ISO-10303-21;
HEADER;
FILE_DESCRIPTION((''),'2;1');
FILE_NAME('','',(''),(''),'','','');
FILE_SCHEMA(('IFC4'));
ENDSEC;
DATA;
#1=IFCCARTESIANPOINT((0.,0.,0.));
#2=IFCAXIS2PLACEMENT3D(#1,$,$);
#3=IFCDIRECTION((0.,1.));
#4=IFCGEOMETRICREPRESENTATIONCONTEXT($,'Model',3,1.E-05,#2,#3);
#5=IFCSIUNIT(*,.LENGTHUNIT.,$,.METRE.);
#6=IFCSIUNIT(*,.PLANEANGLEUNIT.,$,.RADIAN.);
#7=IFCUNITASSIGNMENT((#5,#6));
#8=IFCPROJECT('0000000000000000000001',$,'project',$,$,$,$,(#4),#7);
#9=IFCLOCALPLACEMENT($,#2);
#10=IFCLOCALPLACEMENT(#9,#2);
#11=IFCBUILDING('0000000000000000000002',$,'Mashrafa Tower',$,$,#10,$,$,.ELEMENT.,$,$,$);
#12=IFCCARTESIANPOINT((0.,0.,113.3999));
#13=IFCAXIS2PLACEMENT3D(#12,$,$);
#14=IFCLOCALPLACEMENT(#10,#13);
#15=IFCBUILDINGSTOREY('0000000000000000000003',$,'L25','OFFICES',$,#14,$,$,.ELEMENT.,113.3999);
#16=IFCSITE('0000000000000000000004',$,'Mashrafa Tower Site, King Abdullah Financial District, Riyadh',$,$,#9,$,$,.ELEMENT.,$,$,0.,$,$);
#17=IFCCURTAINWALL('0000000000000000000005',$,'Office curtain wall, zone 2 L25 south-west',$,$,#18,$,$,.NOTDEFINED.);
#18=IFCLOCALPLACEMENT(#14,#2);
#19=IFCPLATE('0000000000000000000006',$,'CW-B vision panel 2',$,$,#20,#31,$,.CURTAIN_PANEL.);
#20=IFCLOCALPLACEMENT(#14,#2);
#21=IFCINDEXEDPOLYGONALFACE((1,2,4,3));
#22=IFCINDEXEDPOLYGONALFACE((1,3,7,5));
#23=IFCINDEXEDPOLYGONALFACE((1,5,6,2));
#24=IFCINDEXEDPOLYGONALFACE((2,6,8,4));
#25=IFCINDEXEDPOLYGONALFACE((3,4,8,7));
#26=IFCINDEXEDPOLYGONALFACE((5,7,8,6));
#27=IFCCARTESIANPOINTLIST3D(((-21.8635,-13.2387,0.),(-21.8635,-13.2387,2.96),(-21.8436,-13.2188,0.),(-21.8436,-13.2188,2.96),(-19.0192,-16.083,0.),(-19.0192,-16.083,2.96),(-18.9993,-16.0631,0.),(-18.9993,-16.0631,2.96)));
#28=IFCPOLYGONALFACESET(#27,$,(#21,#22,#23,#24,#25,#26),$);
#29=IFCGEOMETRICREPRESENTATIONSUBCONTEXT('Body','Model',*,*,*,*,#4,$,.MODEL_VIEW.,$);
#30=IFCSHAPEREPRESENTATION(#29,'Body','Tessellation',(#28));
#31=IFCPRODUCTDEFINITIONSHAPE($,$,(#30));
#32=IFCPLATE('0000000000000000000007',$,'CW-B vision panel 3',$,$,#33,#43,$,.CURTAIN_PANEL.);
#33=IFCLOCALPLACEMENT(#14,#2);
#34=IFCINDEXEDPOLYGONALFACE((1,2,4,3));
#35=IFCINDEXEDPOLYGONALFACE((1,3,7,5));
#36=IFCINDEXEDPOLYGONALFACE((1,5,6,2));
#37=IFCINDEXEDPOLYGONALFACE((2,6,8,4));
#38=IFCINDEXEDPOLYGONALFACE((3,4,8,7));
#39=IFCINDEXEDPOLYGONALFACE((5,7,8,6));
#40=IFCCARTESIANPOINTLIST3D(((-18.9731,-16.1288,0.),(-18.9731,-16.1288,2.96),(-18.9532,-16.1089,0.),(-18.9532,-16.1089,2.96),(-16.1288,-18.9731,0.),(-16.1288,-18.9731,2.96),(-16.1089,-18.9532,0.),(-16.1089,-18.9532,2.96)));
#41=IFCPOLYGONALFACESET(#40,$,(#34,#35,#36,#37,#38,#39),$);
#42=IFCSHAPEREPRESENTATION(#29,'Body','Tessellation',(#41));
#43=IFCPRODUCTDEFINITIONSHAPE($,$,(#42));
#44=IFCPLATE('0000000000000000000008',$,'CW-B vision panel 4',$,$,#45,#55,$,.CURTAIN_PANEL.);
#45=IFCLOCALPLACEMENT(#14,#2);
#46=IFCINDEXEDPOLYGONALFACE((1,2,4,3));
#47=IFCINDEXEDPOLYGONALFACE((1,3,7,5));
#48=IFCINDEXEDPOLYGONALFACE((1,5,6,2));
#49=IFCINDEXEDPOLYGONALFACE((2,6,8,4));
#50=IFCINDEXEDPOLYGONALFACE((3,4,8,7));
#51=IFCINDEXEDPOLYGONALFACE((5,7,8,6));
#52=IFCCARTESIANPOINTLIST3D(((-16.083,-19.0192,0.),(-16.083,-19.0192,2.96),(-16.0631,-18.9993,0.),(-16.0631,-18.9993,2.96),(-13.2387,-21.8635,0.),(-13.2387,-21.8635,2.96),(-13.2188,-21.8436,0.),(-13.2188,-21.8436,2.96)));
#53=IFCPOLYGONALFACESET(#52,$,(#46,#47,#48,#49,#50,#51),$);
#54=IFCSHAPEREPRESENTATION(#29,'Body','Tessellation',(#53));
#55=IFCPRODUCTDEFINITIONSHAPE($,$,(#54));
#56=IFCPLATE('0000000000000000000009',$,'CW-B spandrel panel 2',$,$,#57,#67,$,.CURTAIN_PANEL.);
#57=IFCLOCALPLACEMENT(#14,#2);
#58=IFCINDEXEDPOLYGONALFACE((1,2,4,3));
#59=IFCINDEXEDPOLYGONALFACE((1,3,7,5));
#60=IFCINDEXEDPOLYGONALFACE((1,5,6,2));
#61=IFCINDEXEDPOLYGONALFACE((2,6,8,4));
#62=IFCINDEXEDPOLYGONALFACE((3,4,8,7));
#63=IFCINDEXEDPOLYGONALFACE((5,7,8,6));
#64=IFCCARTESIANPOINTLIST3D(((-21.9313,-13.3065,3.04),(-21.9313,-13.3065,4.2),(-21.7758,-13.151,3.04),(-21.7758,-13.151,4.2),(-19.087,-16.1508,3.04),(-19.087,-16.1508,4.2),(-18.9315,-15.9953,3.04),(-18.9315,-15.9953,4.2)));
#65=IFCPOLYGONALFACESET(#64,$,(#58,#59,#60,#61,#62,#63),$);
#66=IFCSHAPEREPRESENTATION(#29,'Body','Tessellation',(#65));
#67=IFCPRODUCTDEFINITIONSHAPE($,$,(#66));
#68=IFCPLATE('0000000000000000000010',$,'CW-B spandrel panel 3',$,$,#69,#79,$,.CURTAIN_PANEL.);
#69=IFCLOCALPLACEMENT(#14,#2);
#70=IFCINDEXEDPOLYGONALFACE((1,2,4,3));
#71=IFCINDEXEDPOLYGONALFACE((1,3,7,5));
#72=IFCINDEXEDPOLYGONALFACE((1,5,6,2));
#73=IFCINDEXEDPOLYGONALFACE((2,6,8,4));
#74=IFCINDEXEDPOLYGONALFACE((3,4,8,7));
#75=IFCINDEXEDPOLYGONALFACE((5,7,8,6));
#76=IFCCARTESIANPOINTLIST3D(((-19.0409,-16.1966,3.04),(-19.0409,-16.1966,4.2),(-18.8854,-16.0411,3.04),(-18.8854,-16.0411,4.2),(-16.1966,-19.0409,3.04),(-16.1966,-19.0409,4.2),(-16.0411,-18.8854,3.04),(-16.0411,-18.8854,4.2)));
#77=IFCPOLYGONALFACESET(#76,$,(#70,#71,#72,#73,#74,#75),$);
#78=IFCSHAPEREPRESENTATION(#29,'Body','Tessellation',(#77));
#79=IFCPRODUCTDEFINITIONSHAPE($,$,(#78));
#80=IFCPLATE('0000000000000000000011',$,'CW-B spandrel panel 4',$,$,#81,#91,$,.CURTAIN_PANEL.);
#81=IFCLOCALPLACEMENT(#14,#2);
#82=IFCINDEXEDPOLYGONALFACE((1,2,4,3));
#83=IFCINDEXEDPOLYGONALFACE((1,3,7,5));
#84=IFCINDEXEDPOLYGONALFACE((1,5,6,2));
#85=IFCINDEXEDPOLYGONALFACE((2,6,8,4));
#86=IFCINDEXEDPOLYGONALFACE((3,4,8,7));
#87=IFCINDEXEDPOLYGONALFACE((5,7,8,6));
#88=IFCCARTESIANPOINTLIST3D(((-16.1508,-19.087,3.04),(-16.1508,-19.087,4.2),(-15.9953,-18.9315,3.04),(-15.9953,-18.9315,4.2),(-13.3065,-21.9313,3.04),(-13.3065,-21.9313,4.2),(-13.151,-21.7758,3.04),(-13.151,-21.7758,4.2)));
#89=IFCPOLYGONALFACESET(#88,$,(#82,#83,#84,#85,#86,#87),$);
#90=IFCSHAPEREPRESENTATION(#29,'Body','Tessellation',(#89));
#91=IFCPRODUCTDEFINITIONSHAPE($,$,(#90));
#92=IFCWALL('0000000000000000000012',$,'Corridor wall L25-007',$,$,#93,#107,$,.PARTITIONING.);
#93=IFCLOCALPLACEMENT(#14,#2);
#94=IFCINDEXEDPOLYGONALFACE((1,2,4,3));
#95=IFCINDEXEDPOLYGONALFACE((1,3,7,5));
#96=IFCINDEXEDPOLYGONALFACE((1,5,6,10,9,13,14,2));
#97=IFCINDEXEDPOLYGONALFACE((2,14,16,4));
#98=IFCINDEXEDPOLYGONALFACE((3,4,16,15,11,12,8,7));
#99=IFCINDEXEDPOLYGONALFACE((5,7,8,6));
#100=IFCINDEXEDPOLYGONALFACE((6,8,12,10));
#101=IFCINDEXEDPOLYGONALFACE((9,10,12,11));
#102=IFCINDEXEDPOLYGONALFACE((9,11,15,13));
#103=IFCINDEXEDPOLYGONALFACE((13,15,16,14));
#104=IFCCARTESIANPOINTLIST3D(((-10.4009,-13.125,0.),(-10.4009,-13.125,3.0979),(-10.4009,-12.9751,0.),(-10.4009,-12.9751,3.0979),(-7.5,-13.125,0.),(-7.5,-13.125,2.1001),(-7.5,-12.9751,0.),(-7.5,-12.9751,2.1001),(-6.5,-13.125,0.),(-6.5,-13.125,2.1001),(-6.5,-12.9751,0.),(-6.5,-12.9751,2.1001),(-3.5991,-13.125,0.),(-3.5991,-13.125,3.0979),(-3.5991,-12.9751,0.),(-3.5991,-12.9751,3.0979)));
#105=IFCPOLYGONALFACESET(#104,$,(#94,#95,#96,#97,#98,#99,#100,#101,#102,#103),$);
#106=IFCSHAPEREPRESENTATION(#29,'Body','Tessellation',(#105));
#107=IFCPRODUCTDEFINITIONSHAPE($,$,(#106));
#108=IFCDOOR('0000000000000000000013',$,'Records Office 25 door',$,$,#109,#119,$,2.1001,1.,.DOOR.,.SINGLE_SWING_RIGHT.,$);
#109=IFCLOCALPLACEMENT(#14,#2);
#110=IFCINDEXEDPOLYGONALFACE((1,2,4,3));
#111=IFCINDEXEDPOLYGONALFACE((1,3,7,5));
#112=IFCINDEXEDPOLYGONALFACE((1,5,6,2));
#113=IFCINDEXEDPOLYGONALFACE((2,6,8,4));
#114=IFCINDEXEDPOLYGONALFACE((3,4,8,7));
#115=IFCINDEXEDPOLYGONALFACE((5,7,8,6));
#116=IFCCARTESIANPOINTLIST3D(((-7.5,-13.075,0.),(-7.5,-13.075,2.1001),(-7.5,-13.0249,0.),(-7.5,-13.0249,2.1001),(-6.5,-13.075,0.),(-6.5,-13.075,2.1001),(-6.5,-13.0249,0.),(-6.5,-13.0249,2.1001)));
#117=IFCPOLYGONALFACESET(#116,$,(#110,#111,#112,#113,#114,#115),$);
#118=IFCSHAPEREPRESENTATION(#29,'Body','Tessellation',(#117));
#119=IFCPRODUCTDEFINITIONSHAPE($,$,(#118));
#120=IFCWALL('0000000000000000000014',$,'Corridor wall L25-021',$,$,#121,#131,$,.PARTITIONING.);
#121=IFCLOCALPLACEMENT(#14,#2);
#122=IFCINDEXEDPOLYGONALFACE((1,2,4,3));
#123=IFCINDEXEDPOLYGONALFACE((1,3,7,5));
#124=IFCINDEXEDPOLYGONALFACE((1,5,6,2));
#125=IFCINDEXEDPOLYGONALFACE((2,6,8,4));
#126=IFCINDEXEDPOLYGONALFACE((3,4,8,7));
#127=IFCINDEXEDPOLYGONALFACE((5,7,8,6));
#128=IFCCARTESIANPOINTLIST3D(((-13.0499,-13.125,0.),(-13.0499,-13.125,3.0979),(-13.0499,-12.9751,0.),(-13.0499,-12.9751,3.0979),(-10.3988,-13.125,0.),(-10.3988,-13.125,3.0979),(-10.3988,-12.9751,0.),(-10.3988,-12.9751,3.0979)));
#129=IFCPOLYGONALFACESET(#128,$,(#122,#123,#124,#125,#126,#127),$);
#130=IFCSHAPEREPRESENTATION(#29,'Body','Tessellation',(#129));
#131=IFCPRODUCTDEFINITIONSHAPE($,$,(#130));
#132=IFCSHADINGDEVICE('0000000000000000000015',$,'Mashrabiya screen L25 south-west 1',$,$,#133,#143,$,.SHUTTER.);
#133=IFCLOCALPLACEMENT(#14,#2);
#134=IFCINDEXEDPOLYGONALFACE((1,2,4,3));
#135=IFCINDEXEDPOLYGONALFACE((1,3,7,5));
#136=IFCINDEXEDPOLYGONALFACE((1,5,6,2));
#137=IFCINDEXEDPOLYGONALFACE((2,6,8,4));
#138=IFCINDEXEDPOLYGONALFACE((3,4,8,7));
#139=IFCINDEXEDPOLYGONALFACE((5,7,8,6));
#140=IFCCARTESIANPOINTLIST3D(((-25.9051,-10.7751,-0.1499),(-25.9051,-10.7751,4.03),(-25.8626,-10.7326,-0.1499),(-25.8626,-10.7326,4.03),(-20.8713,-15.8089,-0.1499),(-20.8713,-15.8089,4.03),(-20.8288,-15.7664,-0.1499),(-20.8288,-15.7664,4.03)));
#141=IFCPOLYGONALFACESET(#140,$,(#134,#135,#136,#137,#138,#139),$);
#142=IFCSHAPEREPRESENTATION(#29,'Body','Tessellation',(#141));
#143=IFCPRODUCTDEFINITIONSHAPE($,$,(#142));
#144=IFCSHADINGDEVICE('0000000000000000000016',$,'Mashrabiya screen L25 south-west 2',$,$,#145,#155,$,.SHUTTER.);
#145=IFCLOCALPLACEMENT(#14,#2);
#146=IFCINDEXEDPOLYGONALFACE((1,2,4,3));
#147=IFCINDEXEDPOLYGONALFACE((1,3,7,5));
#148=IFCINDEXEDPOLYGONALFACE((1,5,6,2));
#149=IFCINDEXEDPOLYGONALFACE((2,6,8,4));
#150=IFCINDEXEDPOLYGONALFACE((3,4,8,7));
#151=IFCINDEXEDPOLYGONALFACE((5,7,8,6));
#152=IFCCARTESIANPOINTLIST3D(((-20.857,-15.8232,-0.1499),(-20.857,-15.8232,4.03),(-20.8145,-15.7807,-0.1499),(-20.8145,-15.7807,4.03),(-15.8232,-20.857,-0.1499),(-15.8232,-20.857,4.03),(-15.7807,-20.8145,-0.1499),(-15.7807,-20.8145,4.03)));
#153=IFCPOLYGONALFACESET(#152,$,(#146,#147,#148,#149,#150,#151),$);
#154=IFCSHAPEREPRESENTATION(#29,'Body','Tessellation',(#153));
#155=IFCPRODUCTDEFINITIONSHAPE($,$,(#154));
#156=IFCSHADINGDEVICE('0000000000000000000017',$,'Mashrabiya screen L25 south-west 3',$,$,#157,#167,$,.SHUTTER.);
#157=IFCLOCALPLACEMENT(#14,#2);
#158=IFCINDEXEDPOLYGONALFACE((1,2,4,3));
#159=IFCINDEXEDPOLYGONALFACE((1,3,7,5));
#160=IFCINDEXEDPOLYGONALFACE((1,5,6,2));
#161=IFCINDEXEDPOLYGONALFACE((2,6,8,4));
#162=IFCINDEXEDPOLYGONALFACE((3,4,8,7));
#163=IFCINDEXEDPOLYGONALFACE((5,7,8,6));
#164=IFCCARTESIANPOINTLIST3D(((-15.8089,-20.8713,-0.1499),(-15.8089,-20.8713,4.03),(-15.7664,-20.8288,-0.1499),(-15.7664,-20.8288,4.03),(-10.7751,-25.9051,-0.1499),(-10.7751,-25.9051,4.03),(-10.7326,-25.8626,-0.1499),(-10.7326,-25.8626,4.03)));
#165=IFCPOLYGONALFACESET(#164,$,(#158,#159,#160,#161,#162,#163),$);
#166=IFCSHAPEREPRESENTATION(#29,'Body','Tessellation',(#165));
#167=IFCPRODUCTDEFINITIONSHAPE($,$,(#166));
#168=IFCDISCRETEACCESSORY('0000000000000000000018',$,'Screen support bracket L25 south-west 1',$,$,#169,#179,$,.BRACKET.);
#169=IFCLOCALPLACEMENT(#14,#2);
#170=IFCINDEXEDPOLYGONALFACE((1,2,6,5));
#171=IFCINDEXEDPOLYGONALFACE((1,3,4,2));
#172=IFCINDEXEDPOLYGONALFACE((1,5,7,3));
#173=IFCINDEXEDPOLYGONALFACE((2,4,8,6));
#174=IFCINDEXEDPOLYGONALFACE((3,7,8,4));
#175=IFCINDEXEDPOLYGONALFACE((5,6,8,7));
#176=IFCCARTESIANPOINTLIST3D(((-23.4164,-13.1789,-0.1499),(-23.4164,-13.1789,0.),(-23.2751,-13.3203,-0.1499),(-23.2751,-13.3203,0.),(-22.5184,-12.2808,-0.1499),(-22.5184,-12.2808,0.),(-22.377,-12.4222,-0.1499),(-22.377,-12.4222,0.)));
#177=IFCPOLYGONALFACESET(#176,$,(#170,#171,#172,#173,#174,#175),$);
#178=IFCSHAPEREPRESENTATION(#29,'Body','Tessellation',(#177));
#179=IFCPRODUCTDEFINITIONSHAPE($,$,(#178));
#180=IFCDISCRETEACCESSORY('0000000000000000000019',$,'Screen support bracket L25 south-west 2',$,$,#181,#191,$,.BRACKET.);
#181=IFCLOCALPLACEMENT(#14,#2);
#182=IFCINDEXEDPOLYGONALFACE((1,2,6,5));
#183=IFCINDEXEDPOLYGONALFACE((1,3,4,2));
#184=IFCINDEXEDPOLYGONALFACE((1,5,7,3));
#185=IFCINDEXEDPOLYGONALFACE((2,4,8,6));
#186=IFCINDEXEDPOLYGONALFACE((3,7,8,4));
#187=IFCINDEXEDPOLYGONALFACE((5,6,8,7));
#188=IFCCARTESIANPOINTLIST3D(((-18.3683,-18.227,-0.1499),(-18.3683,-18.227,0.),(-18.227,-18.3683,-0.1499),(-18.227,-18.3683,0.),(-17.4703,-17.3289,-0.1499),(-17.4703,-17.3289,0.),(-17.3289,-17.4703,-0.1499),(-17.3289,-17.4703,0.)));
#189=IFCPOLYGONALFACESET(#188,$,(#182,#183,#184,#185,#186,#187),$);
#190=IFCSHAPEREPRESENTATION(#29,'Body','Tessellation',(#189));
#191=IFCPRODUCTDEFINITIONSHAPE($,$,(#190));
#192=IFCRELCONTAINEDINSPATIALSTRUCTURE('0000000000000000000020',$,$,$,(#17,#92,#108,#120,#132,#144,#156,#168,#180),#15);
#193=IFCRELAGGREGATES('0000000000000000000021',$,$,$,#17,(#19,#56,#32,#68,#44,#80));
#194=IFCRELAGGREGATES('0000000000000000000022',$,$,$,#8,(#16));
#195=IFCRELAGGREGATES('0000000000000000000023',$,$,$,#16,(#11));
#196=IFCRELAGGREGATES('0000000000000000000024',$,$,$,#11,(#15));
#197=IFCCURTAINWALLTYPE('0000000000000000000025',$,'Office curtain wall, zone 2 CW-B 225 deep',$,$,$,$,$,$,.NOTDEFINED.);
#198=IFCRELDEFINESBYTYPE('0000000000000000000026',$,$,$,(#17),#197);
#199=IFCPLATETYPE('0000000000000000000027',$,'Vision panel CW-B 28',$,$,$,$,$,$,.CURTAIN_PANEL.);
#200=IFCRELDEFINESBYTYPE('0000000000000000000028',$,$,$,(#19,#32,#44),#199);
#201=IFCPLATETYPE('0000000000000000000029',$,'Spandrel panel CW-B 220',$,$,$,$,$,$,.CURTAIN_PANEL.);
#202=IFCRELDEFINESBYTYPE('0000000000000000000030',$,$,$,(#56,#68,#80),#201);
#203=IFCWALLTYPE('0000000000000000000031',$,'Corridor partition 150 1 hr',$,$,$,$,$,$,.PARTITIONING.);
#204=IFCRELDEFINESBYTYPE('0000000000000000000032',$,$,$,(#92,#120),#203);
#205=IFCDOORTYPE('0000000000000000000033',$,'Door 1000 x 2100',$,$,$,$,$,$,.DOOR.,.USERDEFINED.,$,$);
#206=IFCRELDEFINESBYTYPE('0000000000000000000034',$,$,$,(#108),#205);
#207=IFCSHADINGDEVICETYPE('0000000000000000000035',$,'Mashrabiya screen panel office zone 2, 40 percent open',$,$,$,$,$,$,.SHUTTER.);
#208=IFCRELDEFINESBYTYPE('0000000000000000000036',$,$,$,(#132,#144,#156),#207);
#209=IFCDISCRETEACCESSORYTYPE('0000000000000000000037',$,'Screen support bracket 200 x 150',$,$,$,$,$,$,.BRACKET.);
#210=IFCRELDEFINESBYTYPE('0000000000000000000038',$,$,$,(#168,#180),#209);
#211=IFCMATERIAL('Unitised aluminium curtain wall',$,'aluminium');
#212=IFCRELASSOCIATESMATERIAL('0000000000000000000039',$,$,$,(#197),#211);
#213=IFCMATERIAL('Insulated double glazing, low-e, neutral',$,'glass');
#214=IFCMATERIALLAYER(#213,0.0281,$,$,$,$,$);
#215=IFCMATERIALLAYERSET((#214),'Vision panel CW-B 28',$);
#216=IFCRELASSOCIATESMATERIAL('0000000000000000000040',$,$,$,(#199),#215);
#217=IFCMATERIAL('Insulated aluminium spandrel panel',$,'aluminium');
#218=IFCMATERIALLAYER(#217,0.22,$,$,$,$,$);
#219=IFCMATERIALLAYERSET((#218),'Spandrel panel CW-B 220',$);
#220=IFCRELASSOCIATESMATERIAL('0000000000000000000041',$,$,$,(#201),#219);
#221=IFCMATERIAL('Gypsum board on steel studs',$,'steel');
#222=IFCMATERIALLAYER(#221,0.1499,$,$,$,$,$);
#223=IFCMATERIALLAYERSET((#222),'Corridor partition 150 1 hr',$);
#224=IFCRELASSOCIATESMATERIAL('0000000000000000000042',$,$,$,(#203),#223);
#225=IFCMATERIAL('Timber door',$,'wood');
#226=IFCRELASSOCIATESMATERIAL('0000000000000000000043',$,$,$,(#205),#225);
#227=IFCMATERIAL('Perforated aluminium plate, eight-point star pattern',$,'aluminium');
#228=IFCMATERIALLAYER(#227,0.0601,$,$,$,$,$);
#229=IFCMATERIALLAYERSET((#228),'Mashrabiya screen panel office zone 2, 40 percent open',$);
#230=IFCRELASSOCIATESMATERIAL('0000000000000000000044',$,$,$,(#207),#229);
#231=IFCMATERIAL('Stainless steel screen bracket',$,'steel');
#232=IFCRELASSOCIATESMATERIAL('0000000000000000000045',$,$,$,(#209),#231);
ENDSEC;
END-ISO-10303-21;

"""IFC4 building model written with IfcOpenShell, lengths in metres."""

from ifc_helpers import new_model, si_unit, direction, frame, frame_2d, origin, origin_2d, place, context, subcontext, project, spatial, rectangle, extrude, source, transform, mapped, material, layer, layer_set, type_object, type_shapes, element, fill, aggregate, save


model = new_model("IFC4")

# Units and contexts
model_context = context("Model", 3, precision=1e-05, world=origin(), true_north=direction((0.0, 1.0)))
body_context = subcontext(model_context, "Body", "Model", "MODEL_VIEW")
ifc_project = project(units=[si_unit("LENGTHUNIT", "METRE"), si_unit("PLANEANGLEUNIT", "RADIAN")], contexts=[model_context])

# Site, building, storey
site_placement = place(None, origin())
site = spatial("IfcSite", under=ifc_project, at=site_placement, Name="Mashrafa Tower Site, King Abdullah Financial District, Riyadh", CompositionType="ELEMENT", RefElevation=0.0)
building_placement = place(site_placement, origin())
building = spatial("IfcBuilding", under=site, at=building_placement, Name="Mashrafa Tower", CompositionType="ELEMENT")
storey_placement = place(building_placement, frame((0.0, 0.0, 113.3999)))
storey = spatial("IfcBuildingStorey", under=building, at=storey_placement, Name="L25", Description="OFFICES", CompositionType="ELEMENT", Elevation=113.3999)

# Curtain wall, plates
ifc_material_1 = material(Name="Unitised aluminium curtain wall", Category="aluminium")
curtain_wall_type = type_object("IfcCurtainWallType", Name="Office curtain wall, zone 2 CW-B 225 deep", PredefinedType="NOTDEFINED", material=ifc_material_1)
curtain_wall_placement = place(storey_placement, origin())
curtain_wall = element("IfcCurtainWall", 1, at=curtain_wall_placement, inside=storey, type_object=curtain_wall_type, Name="Office curtain wall, zone 2 L25 south-west", PredefinedType="NOTDEFINED")
ifc_material_2 = material(Name="Insulated double glazing, low-e, neutral", Category="glass")
ifc_layer_1 = layer(ifc_material_2, 0.0281)
ifc_layer_set_1 = layer_set([ifc_layer_1], Name="Vision panel CW-B 28")
plate_type_1 = type_object("IfcPlateType", Name="Vision panel CW-B 28", PredefinedType="CURTAIN_PANEL", material=ifc_layer_set_1)
ifc_material_3 = material(Name="Insulated aluminium spandrel panel", Category="aluminium")
ifc_layer_2 = layer(ifc_material_3, 0.22)
ifc_layer_set_2 = layer_set([ifc_layer_2], Name="Spandrel panel CW-B 220")
plate_type_2 = type_object("IfcPlateType", Name="Spandrel panel CW-B 220", PredefinedType="CURTAIN_PANEL", material=ifc_layer_set_2)
shared_shape_1 = source(origin(), body_context, "Body", "SweptSolid", [
    extrude(rectangle(XDim=4.0225, YDim=0.0281, at=origin_2d()), origin(), (0.0, 0.0, 1.0), 2.96),
])
plate_1_placement = place(storey_placement, frame((-20.4314, -14.6509, 0.0), z_axis=(0.0, 0.0, 1.0), x_axis=(0.707107, -0.707107, 0.0)))
plate_1 = element("IfcPlate", 2, at=plate_1_placement, type_object=plate_type_1, Name="CW-B vision panel 2", PredefinedType="CURTAIN_PANEL", context=body_context, shape_type="MappedRepresentation", body=[
    mapped(shared_shape_1, transform((0.0, 0.0, 0.0))),
])
plate_2_placement = place(storey_placement, frame((-17.541, -17.541, 0.0), z_axis=(0.0, 0.0, 1.0), x_axis=(0.707107, -0.707107, 0.0)))
plate_2 = element("IfcPlate", 3, at=plate_2_placement, type_object=plate_type_1, Name="CW-B vision panel 3", PredefinedType="CURTAIN_PANEL", context=body_context, shape_type="MappedRepresentation", body=[
    mapped(shared_shape_1, transform((0.0, 0.0, 0.0))),
])
plate_3_placement = place(storey_placement, frame((-14.6509, -20.4314, 0.0), z_axis=(0.0, 0.0, 1.0), x_axis=(0.707107, -0.707107, 0.0)))
plate_3 = element("IfcPlate", 4, at=plate_3_placement, type_object=plate_type_1, Name="CW-B vision panel 4", PredefinedType="CURTAIN_PANEL", context=body_context, shape_type="MappedRepresentation", body=[
    mapped(shared_shape_1, transform((0.0, 0.0, 0.0))),
])
shared_shape_2 = source(origin(), body_context, "Body", "SweptSolid", [
    extrude(rectangle(XDim=4.0225, YDim=0.22, at=origin_2d()), origin(), (0.0, 0.0, 1.0), 1.1599),
])
plate_4_placement = place(storey_placement, frame((-20.4314, -14.6509, 3.04), z_axis=(0.0, 0.0, 1.0), x_axis=(0.707107, -0.707107, 0.0)))
plate_4 = element("IfcPlate", 5, at=plate_4_placement, type_object=plate_type_2, Name="CW-B spandrel panel 2", PredefinedType="CURTAIN_PANEL", context=body_context, shape_type="MappedRepresentation", body=[
    mapped(shared_shape_2, transform((0.0, 0.0, 0.0))),
])
plate_5_placement = place(storey_placement, frame((-17.541, -17.541, 3.04), z_axis=(0.0, 0.0, 1.0), x_axis=(0.707107, -0.707107, 0.0)))
plate_5 = element("IfcPlate", 6, at=plate_5_placement, type_object=plate_type_2, Name="CW-B spandrel panel 3", PredefinedType="CURTAIN_PANEL", context=body_context, shape_type="MappedRepresentation", body=[
    mapped(shared_shape_2, transform((0.0, 0.0, 0.0))),
])
plate_6_placement = place(storey_placement, frame((-14.6509, -20.4314, 3.04), z_axis=(0.0, 0.0, 1.0), x_axis=(0.707107, -0.707107, 0.0)))
plate_6 = element("IfcPlate", 7, at=plate_6_placement, type_object=plate_type_2, Name="CW-B spandrel panel 4", PredefinedType="CURTAIN_PANEL", context=body_context, shape_type="MappedRepresentation", body=[
    mapped(shared_shape_2, transform((0.0, 0.0, 0.0))),
])
aggregate(curtain_wall, [plate_1, plate_4, plate_2, plate_5, plate_3, plate_6])

# Wall, opening, door
ifc_material_4 = material(Name="Gypsum board on steel studs", Category="steel")
ifc_layer_3 = layer(ifc_material_4, 0.1499)
ifc_layer_set_3 = layer_set([ifc_layer_3], Name="Corridor partition 150 1 hr")
wall_type = type_object("IfcWallType", Name="Corridor partition 150 1 hr", PredefinedType="PARTITIONING", material=ifc_layer_set_3)
wall_1_placement = place(storey_placement, frame((-10.4009, -13.05, 0.0), z_axis=(0.0, 0.0, 1.0), x_axis=(1.0, 0.0, 0.0)))
wall_1 = element("IfcWall", 8, at=wall_1_placement, inside=storey, type_object=wall_type, Name="Corridor wall L25-007", PredefinedType="PARTITIONING", context=body_context, shape_type="SweptSolid", body=[
    extrude(rectangle(XDim=6.8018, YDim=0.1499, at=frame_2d((3.4009, 0.0))), origin(), (0.0, 0.0, 1.0), 3.0979),
])
opening_placement = place(wall_1_placement, frame((2.9009, 0.0, 0.0)))
opening = element("IfcOpeningElement", 9, at=opening_placement, cuts=wall_1, PredefinedType="OPENING", context=body_context, shape_type="SweptSolid", body=[
    extrude(rectangle(XDim=1.0, YDim=2.1001, at=frame_2d((0.5, 1.05))), frame((0.0, 0.085, 0.0), z_axis=(0.0, -1.0, 0.0), x_axis=(1.0, 0.0, 0.0)), (0.0, 0.0, 1.0), 0.1699),
])
ifc_material_5 = material(Name="Timber door", Category="wood")
door_type = type_object("IfcDoorType", Name="Door 1000 x 2100", OperationType="USERDEFINED", PredefinedType="DOOR", material=ifc_material_5)
door_placement = place(opening_placement, frame((1.0, 0.0, 0.0), z_axis=(0.0, 0.0, 1.0), x_axis=(-1.0, 0.0, 0.0)))
door = element("IfcDoor", 10, at=door_placement, inside=storey, type_object=door_type, Name="Records Office 25 door", OperationType="SINGLE_SWING_RIGHT", OverallHeight=2.1001, OverallWidth=1.0, PredefinedType="DOOR", context=body_context, shape_type="SweptSolid", body=[
    extrude(rectangle(XDim=1.0, YDim=2.1001, at=frame_2d((0.5, 1.05))), frame((0.0, 0.0249, 0.0), z_axis=(0.0, -1.0, 0.0), x_axis=(1.0, 0.0, 0.0)), (0.0, 0.0, 1.0), 0.05),
])
fill(opening, door)

# Wall
wall_2_placement = place(storey_placement, frame((-13.05, -13.05, 0.0), z_axis=(0.0, 0.0, 1.0), x_axis=(1.0, 0.0, 0.0)))
element("IfcWall", 11, at=wall_2_placement, inside=storey, type_object=wall_type, Name="Corridor wall L25-021", PredefinedType="PARTITIONING", context=body_context, shape_type="SweptSolid", body=[
    extrude(rectangle(XDim=2.6511, YDim=0.1499, at=frame_2d((1.3257, 0.0))), origin(), (0.0, 0.0, 1.0), 3.0979),
])

# Shading devices
ifc_material_6 = material(Name="Perforated aluminium plate, eight-point star pattern", Category="aluminium")
ifc_layer_4 = layer(ifc_material_6, 0.0601)
ifc_layer_set_4 = layer_set([ifc_layer_4], Name="Mashrabiya screen panel office zone 2, 40 percent open")
shading_device_type = type_object("IfcShadingDeviceType", Name="Mashrabiya screen panel office zone 2, 40 percent open", PredefinedType="SHUTTER", material=ifc_layer_set_4)
shared_shape_3 = source(origin(), body_context, "Body", "SweptSolid", [
    extrude(rectangle(XDim=7.1189, YDim=0.0601, at=origin_2d()), origin(), (0.0, 0.0, 1.0), 4.1799),
])
type_shapes(shading_device_type, [shared_shape_3])
for number, where, z_axis, x_axis, name in (
    (12, (-23.3669, -13.2708, -0.1499), (0.0, 0.0, 1.0), (0.707107, -0.707107, 0.0), "Mashrabiya screen L25 south-west 1"),
    (13, (-18.3188, -18.3188, -0.1499), (0.0, 0.0, 1.0), (0.707107, -0.707107, 0.0), "Mashrabiya screen L25 south-west 2"),
    (14, (-13.2708, -23.3669, -0.1499), (0.0, 0.0, 1.0), (0.707107, -0.707107, 0.0), "Mashrabiya screen L25 south-west 3"),
):
    element("IfcShadingDevice", number, at=place(storey_placement, frame(where, z_axis=z_axis, x_axis=x_axis)), inside=storey, type_object=shading_device_type, Name=name, PredefinedType="SHUTTER", context=body_context, shape_type="MappedRepresentation", body=[
        mapped(shared_shape_3, transform((0.0, 0.0, 0.0))),
    ])

# Discrete accessories
ifc_material_7 = material(Name="Stainless steel screen bracket", Category="steel")
discrete_accessory_type = type_object("IfcDiscreteAccessoryType", Name="Screen support bracket 200 x 150", PredefinedType="BRACKET", material=ifc_material_7)
shared_shape_4 = source(origin(), body_context, "Body", "SweptSolid", [
    extrude(rectangle(XDim=0.2, YDim=1.27, at=origin_2d()), origin(), (0.0, 0.0, 1.0), 0.1499),
])
type_shapes(discrete_accessory_type, [shared_shape_4])
for number, where, z_axis, x_axis, name in (
    (15, (-22.8967, -12.8005, -0.1499), (0.0, 0.0, 1.0), (0.707107, -0.707107, 0.0), "Screen support bracket L25 south-west 1"),
    (16, (-17.8486, -17.8486, -0.1499), (0.0, 0.0, 1.0), (0.707107, -0.707107, 0.0), "Screen support bracket L25 south-west 2"),
):
    element("IfcDiscreteAccessory", number, at=place(storey_placement, frame(where, z_axis=z_axis, x_axis=x_axis)), inside=storey, type_object=discrete_accessory_type, Name=name, PredefinedType="BRACKET", context=body_context, shape_type="MappedRepresentation", body=[
        mapped(shared_shape_4, transform((0.0, 0.0, 0.0))),
    ])

save(model, "model.ifc")
